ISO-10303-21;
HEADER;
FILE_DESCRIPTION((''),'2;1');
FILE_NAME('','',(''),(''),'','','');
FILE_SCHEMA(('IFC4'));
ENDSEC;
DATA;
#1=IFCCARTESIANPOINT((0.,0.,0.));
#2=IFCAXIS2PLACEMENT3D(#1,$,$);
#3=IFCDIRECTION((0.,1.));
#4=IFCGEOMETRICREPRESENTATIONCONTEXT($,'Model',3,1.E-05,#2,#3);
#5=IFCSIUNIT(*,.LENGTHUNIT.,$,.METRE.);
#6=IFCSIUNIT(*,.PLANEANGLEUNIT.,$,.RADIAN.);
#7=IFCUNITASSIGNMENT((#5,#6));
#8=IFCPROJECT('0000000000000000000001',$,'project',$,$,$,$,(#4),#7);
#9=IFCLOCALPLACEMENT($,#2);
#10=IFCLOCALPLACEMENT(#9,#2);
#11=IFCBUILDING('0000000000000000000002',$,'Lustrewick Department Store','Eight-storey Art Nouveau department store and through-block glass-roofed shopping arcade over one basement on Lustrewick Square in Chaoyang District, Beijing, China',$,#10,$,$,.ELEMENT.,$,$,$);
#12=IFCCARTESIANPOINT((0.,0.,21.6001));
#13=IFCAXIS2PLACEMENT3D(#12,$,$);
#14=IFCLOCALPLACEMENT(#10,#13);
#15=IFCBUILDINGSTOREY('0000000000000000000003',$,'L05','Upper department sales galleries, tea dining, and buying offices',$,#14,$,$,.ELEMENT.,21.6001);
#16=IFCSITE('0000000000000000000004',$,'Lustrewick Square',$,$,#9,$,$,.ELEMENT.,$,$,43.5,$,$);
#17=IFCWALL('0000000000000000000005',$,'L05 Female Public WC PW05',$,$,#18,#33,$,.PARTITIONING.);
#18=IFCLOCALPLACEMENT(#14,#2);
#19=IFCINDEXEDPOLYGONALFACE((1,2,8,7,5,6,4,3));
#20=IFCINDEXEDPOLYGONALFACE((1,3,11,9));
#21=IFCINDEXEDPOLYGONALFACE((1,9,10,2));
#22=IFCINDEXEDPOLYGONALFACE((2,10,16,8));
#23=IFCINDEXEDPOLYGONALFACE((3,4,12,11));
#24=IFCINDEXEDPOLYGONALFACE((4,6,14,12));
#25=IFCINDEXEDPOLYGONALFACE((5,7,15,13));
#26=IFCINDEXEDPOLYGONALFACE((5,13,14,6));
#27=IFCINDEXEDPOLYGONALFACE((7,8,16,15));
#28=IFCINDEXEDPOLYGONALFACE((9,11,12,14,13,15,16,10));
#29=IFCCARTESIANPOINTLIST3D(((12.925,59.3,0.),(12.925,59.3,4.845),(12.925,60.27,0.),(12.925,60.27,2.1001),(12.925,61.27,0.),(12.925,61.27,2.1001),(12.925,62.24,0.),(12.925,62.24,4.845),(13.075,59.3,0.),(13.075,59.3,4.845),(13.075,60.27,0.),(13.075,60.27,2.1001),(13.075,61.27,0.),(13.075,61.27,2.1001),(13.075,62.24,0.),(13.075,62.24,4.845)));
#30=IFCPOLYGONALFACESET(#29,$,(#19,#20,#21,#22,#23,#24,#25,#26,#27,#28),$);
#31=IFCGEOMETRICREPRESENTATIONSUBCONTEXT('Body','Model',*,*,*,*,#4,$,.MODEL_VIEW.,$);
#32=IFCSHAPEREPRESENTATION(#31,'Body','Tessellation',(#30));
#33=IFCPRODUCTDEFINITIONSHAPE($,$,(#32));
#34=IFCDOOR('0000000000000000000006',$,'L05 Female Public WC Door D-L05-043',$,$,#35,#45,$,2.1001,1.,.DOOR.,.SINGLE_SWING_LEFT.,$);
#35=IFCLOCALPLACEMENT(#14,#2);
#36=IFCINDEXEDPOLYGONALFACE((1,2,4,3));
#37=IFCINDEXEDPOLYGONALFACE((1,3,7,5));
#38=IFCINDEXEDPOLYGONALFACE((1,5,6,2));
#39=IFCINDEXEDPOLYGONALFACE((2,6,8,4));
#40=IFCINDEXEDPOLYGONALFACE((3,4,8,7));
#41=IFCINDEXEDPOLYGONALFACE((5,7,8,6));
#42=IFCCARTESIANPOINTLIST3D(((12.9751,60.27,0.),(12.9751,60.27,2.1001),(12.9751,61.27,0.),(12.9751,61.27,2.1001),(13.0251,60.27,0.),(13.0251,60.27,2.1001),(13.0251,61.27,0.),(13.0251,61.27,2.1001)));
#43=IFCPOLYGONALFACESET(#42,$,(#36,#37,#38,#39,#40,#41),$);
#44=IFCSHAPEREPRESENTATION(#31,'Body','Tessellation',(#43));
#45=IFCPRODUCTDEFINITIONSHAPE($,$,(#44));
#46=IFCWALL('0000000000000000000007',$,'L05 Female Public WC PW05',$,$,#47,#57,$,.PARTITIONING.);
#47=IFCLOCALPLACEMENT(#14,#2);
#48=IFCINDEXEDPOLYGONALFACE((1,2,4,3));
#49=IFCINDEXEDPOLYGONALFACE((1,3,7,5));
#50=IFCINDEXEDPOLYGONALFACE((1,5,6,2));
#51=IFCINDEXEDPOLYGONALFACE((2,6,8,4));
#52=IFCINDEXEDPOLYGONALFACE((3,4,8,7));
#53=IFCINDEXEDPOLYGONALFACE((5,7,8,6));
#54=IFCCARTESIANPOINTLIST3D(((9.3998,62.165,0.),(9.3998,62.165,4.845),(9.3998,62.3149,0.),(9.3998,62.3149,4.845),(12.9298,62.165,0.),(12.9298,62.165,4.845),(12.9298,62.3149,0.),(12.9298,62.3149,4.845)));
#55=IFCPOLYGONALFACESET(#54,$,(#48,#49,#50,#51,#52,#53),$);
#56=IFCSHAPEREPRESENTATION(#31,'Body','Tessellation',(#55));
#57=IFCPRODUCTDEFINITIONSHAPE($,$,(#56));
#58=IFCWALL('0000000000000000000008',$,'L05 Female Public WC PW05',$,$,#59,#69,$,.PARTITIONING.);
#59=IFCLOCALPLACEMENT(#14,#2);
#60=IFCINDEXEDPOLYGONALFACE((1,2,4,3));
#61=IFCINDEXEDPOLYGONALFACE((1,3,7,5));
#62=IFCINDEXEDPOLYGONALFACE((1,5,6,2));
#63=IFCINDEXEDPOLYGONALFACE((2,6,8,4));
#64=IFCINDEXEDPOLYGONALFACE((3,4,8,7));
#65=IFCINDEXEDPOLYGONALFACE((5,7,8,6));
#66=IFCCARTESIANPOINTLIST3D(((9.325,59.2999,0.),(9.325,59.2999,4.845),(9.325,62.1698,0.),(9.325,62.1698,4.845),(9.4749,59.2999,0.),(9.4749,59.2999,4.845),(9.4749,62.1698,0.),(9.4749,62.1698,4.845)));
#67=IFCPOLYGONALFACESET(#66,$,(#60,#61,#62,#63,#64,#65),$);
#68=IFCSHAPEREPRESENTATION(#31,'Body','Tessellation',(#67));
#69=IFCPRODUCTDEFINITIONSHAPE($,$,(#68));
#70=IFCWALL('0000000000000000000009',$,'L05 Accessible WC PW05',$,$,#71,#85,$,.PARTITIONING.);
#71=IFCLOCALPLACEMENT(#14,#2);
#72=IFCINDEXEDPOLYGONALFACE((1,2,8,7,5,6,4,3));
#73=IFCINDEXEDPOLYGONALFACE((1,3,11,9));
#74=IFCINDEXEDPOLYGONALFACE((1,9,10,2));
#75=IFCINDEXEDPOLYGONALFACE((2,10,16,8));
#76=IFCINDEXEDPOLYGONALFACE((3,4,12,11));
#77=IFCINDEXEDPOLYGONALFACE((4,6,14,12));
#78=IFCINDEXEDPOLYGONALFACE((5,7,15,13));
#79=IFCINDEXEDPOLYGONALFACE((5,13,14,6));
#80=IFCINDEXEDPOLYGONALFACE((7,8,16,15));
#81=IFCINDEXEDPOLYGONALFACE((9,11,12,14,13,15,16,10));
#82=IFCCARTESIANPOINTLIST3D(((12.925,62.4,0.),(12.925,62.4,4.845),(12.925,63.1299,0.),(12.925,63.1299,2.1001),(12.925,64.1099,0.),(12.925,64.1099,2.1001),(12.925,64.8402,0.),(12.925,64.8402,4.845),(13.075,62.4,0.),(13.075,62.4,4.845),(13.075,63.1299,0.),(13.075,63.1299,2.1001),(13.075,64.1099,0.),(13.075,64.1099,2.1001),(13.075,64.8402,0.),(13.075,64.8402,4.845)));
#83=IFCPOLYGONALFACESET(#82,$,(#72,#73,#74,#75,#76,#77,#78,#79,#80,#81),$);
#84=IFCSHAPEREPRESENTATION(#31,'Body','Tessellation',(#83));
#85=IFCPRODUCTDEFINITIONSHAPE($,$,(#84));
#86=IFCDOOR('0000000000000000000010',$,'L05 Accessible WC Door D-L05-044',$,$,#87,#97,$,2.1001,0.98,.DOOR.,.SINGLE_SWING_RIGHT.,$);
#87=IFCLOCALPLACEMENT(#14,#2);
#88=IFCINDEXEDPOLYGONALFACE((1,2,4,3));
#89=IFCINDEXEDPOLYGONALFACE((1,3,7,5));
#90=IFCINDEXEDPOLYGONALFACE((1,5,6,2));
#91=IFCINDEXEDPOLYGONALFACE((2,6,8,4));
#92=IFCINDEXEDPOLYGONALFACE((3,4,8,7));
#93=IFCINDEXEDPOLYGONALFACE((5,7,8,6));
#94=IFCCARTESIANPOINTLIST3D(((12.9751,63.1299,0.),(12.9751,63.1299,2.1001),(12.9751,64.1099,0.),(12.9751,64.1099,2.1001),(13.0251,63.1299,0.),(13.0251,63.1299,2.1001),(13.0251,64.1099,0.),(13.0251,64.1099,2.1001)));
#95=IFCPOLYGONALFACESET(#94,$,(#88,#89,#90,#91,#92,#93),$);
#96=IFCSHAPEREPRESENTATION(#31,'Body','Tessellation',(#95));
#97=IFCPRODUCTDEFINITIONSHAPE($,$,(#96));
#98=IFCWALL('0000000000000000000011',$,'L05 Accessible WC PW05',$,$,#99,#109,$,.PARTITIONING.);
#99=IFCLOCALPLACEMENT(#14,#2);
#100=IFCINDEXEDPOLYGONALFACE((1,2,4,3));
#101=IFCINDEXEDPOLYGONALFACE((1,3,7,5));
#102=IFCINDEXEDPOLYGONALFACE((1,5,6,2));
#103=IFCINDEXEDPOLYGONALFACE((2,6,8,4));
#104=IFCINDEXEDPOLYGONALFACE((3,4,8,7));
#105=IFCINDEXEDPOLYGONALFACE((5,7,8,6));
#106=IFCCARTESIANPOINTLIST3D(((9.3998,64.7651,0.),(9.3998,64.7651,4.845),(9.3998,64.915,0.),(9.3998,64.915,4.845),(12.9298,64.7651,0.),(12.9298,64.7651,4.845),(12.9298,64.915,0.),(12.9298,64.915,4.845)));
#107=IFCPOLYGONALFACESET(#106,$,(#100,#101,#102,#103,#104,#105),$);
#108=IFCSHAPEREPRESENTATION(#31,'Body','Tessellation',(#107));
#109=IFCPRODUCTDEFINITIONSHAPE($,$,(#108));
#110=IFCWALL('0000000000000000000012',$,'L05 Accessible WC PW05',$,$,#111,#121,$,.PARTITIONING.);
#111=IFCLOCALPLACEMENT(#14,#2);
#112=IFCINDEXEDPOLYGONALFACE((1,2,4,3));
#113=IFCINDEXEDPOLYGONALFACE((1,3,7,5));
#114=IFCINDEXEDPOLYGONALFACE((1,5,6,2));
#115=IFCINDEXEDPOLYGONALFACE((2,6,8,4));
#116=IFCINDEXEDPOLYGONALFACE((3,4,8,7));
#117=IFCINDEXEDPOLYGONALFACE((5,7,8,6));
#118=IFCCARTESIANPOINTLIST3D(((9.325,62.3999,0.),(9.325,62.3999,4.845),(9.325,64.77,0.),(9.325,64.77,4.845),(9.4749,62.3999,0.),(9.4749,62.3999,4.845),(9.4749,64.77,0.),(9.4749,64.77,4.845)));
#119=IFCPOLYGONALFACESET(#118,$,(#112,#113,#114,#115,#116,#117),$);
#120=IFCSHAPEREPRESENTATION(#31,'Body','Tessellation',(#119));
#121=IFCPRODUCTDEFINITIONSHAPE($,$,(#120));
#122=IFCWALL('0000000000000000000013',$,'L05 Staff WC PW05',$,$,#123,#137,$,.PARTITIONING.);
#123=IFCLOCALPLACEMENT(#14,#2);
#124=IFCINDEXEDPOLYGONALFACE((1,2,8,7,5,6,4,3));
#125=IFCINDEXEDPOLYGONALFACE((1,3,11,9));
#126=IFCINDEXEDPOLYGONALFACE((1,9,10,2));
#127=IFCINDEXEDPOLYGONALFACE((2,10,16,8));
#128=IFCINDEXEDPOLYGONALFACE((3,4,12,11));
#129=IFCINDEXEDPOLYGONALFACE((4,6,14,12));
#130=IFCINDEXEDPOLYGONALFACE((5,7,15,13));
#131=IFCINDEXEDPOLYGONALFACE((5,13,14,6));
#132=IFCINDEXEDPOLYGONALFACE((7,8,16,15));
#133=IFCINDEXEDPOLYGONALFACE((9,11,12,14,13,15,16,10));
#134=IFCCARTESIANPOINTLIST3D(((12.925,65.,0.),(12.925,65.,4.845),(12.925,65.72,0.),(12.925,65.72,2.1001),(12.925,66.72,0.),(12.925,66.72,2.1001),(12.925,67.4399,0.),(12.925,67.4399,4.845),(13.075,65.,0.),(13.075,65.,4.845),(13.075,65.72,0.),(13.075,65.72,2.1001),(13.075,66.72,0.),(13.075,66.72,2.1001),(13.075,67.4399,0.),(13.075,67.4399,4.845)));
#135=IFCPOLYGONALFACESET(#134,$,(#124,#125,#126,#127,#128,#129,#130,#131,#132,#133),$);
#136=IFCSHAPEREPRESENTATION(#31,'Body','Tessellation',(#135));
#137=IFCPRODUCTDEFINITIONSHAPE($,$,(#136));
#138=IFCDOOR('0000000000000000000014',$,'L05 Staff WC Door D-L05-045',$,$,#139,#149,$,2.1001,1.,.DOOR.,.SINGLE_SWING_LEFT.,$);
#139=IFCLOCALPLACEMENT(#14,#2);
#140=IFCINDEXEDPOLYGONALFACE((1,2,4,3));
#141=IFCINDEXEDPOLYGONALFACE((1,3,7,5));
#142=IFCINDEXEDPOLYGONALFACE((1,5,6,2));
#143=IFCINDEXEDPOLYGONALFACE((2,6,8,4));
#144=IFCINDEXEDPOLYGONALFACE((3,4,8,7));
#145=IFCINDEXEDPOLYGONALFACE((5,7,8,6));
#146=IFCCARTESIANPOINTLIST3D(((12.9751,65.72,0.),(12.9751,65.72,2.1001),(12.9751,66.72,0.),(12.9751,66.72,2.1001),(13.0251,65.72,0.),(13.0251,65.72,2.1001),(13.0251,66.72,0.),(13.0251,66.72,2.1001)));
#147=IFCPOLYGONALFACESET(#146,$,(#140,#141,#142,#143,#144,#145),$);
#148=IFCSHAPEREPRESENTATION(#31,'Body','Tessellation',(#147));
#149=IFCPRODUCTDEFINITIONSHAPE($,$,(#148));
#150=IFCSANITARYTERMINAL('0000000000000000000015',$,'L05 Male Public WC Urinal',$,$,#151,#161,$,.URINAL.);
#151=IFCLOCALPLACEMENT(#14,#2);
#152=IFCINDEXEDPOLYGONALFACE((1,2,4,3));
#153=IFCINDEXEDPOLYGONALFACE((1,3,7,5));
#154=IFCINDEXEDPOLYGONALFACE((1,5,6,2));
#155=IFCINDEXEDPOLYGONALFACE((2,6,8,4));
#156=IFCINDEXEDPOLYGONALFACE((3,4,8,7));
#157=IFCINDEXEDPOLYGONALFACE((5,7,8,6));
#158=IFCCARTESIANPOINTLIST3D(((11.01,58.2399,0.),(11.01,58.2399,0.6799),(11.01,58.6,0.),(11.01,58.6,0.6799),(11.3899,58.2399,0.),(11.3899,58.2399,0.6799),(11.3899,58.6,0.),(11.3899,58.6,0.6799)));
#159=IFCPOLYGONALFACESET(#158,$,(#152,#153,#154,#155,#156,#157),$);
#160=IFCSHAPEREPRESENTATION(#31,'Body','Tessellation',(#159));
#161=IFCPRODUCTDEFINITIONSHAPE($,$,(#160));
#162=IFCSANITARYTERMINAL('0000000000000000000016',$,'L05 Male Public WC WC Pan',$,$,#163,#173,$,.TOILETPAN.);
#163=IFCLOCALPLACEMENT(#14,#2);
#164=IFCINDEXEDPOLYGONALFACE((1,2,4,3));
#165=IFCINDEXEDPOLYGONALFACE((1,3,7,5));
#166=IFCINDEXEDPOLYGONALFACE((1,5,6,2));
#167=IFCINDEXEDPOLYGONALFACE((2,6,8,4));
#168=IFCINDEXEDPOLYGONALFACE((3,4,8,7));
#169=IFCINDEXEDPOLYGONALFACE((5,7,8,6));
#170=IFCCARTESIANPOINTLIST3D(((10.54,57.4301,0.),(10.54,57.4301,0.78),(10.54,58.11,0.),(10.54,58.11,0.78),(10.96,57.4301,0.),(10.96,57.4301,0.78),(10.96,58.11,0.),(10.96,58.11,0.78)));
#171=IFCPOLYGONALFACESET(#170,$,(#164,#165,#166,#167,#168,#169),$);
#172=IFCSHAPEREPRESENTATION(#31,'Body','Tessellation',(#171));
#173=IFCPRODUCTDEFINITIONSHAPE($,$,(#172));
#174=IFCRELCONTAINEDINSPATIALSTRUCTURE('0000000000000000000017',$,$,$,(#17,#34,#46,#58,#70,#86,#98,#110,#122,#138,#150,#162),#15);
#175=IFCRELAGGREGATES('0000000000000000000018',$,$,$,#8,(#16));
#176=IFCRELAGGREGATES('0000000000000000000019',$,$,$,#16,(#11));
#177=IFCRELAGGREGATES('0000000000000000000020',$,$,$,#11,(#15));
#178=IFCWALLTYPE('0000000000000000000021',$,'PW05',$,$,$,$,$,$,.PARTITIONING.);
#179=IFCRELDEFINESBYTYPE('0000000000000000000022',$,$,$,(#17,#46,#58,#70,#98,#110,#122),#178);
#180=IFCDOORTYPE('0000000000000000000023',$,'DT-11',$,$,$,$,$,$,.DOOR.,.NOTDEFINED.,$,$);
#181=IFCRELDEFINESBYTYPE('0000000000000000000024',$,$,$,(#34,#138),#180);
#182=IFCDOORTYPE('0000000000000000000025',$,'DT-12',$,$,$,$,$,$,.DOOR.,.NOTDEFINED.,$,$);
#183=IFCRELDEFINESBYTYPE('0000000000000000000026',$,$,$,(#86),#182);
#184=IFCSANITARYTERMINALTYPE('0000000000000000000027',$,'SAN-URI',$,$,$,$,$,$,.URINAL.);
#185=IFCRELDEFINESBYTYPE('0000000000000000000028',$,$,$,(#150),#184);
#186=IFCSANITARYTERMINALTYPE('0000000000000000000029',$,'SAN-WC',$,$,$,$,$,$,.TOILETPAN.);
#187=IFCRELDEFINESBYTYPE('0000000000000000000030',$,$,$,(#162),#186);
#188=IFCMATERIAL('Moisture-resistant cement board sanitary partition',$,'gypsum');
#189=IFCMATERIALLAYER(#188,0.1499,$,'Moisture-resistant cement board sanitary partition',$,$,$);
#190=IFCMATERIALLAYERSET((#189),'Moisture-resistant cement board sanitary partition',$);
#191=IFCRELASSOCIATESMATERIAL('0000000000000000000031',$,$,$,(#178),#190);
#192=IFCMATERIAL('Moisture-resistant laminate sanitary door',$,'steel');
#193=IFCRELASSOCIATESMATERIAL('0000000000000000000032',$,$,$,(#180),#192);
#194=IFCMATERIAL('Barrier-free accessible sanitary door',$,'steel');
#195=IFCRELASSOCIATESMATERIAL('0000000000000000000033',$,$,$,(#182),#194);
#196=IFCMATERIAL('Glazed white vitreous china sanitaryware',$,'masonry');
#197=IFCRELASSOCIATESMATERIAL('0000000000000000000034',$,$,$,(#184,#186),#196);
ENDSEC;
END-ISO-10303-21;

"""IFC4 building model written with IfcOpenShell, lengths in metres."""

from ifc_helpers import new_model, si_unit, direction, frame, frame_2d, origin, origin_2d, place, context, subcontext, project, spatial, rectangle, extrude, material, layer, layer_set, type_object, element, fill, save


model = new_model("IFC4")

# Units and contexts
model_context = context("Model", 3, precision=1e-05, world=origin(), true_north=direction((0.0, 1.0)))
body_context = subcontext(model_context, "Body", "Model", "MODEL_VIEW")
ifc_project = project(units=[si_unit("LENGTHUNIT", "METRE"), si_unit("PLANEANGLEUNIT", "RADIAN")], contexts=[model_context])

# Site, building, storey
site_placement = place(None, origin())
site = spatial("IfcSite", under=ifc_project, at=site_placement, Name="Lustrewick Square", CompositionType="ELEMENT", RefElevation=43.5)
building_placement = place(site_placement, origin())
building = spatial("IfcBuilding", under=site, at=building_placement, Name="Lustrewick Department Store", Description="Eight-storey Art Nouveau department store and through-block glass-roofed shopping arcade over one basement on Lustrewick Square in Chaoyang District, Beijing, China", CompositionType="ELEMENT")
storey_placement = place(building_placement, frame((0.0, 0.0, 21.6001)))
storey = spatial("IfcBuildingStorey", under=building, at=storey_placement, Name="L05", Description="Upper department sales galleries, tea dining, and buying offices", CompositionType="ELEMENT", Elevation=21.6001)

# Shared definitions
ifc_material_1 = material(Name="Moisture-resistant cement board sanitary partition", Category="gypsum")
ifc_layer_1 = layer(ifc_material_1, 0.1499, Name="Moisture-resistant cement board sanitary partition")
ifc_layer_set_1 = layer_set([ifc_layer_1], Name="Moisture-resistant cement board sanitary partition")
wall_type_1 = type_object("IfcWallType", Name="PW05", PredefinedType="PARTITIONING", material=ifc_layer_set_1)
ifc_material_2 = material(Name="Moisture-resistant laminate sanitary door", Category="steel")
door_type_1 = type_object("IfcDoorType", Name="DT-11", OperationType="NOTDEFINED", PredefinedType="DOOR", material=ifc_material_2)

# Wall, opening, door
wall_1_placement = place(storey_placement, frame((13.0, 59.3, 0.0), z_axis=(0.0, 0.0, 1.0), x_axis=(0.0, 1.0, 0.0)))
wall_1 = element("IfcWall", 1, at=wall_1_placement, inside=storey, type_object=wall_type_1, Name="L05 Female Public WC PW05", PredefinedType="PARTITIONING", context=body_context, shape_type="SweptSolid", body=[
    extrude(rectangle(XDim=2.9399, YDim=0.1499, at=frame_2d((1.47, 0.0))), origin(), (0.0, 0.0, 1.0), 4.845),
])
opening_1_placement = place(wall_1_placement, frame((0.97, 0.0, 0.0)))
opening_1 = element("IfcOpeningElement", 2, at=opening_1_placement, cuts=wall_1, PredefinedType="OPENING", context=body_context, shape_type="SweptSolid", body=[
    extrude(rectangle(XDim=1.0, YDim=2.1001, at=frame_2d((0.5, 1.05))), frame((0.0, 0.085, 0.0), z_axis=(0.0, -1.0, 0.0), x_axis=(1.0, 0.0, 0.0)), (0.0, 0.0, 1.0), 0.1699),
])
door_1_placement = place(opening_1_placement, origin())
door_1 = element("IfcDoor", 3, at=door_1_placement, inside=storey, type_object=door_type_1, Name="L05 Female Public WC Door D-L05-043", OperationType="SINGLE_SWING_LEFT", OverallHeight=2.1001, OverallWidth=1.0, PredefinedType="DOOR", context=body_context, shape_type="SweptSolid", body=[
    extrude(rectangle(XDim=1.0, YDim=2.1001, at=frame_2d((0.5, 1.05))), frame((0.0, 0.0249, 0.0), z_axis=(0.0, -1.0, 0.0), x_axis=(1.0, 0.0, 0.0)), (0.0, 0.0, 1.0), 0.05),
])
fill(opening_1, door_1)

# Walls
wall_2_placement = place(storey_placement, frame((12.9299, 62.24, 0.0), z_axis=(0.0, 0.0, 1.0), x_axis=(-1.0, 0.0, 0.0)))
element("IfcWall", 4, at=wall_2_placement, inside=storey, type_object=wall_type_1, Name="L05 Female Public WC PW05", PredefinedType="PARTITIONING", context=body_context, shape_type="SweptSolid", body=[
    extrude(rectangle(XDim=3.53, YDim=0.1499, at=frame_2d((1.7651, 0.0))), origin(), (0.0, 0.0, 1.0), 4.845),
])
wall_3_placement = place(storey_placement, frame((9.3999, 62.1699, 0.0), z_axis=(0.0, 0.0, 1.0), x_axis=(0.0, -1.0, 0.0)))
element("IfcWall", 5, at=wall_3_placement, inside=storey, type_object=wall_type_1, Name="L05 Female Public WC PW05", PredefinedType="PARTITIONING", context=body_context, shape_type="SweptSolid", body=[
    extrude(rectangle(XDim=2.8699, YDim=0.1499, at=frame_2d((1.4351, 0.0))), origin(), (0.0, 0.0, 1.0), 4.845),
])

# Wall, opening, door
wall_4_placement = place(storey_placement, frame((13.0, 62.3999, 0.0), z_axis=(0.0, 0.0, 1.0), x_axis=(0.0, 1.0, 0.0)))
wall_4 = element("IfcWall", 6, at=wall_4_placement, inside=storey, type_object=wall_type_1, Name="L05 Accessible WC PW05", PredefinedType="PARTITIONING", context=body_context, shape_type="SweptSolid", body=[
    extrude(rectangle(XDim=2.4402, YDim=0.1499, at=frame_2d((1.2202, 0.0))), origin(), (0.0, 0.0, 1.0), 4.845),
])
opening_2_placement = place(wall_4_placement, frame((0.73, 0.0, 0.0)))
opening_2 = element("IfcOpeningElement", 7, at=opening_2_placement, cuts=wall_4, PredefinedType="OPENING", context=body_context, shape_type="SweptSolid", body=[
    extrude(rectangle(XDim=0.98, YDim=2.1001, at=frame_2d((0.49, 1.05))), frame((0.0, 0.085, 0.0), z_axis=(0.0, -1.0, 0.0), x_axis=(1.0, 0.0, 0.0)), (0.0, 0.0, 1.0), 0.1699),
])
ifc_material_3 = material(Name="Barrier-free accessible sanitary door", Category="steel")
door_type_2 = type_object("IfcDoorType", Name="DT-12", OperationType="NOTDEFINED", PredefinedType="DOOR", material=ifc_material_3)
door_2_placement = place(opening_2_placement, origin())
door_2 = element("IfcDoor", 8, at=door_2_placement, inside=storey, type_object=door_type_2, Name="L05 Accessible WC Door D-L05-044", OperationType="SINGLE_SWING_RIGHT", OverallHeight=2.1001, OverallWidth=0.98, PredefinedType="DOOR", context=body_context, shape_type="SweptSolid", body=[
    extrude(rectangle(XDim=0.98, YDim=2.1001, at=frame_2d((0.49, 1.05))), frame((0.0, 0.0249, 0.0), z_axis=(0.0, -1.0, 0.0), x_axis=(1.0, 0.0, 0.0)), (0.0, 0.0, 1.0), 0.05),
])
fill(opening_2, door_2)

# Walls
wall_5_placement = place(storey_placement, frame((12.9299, 64.8401, 0.0), z_axis=(0.0, 0.0, 1.0), x_axis=(-1.0, 0.0, 0.0)))
element("IfcWall", 9, at=wall_5_placement, inside=storey, type_object=wall_type_1, Name="L05 Accessible WC PW05", PredefinedType="PARTITIONING", context=body_context, shape_type="SweptSolid", body=[
    extrude(rectangle(XDim=3.53, YDim=0.1499, at=frame_2d((1.7651, 0.0))), origin(), (0.0, 0.0, 1.0), 4.845),
])
wall_6_placement = place(storey_placement, frame((9.3999, 64.77, 0.0), z_axis=(0.0, 0.0, 1.0), x_axis=(0.0, -1.0, 0.0)))
element("IfcWall", 10, at=wall_6_placement, inside=storey, type_object=wall_type_1, Name="L05 Accessible WC PW05", PredefinedType="PARTITIONING", context=body_context, shape_type="SweptSolid", body=[
    extrude(rectangle(XDim=2.3701, YDim=0.1499, at=frame_2d((1.1851, 0.0))), origin(), (0.0, 0.0, 1.0), 4.845),
])

# Wall, opening, door
wall_7_placement = place(storey_placement, frame((13.0, 65.0, 0.0), z_axis=(0.0, 0.0, 1.0), x_axis=(0.0, 1.0, 0.0)))
wall_7 = element("IfcWall", 11, at=wall_7_placement, inside=storey, type_object=wall_type_1, Name="L05 Staff WC PW05", PredefinedType="PARTITIONING", context=body_context, shape_type="SweptSolid", body=[
    extrude(rectangle(XDim=2.4399, YDim=0.1499, at=frame_2d((1.22, 0.0))), origin(), (0.0, 0.0, 1.0), 4.845),
])
opening_3_placement = place(wall_7_placement, frame((0.72, 0.0, 0.0)))
opening_3 = element("IfcOpeningElement", 12, at=opening_3_placement, cuts=wall_7, PredefinedType="OPENING", context=body_context, shape_type="SweptSolid", body=[
    extrude(rectangle(XDim=1.0, YDim=2.1001, at=frame_2d((0.5, 1.05))), frame((0.0, 0.085, 0.0), z_axis=(0.0, -1.0, 0.0), x_axis=(1.0, 0.0, 0.0)), (0.0, 0.0, 1.0), 0.1699),
])
door_3_placement = place(opening_3_placement, origin())
door_3 = element("IfcDoor", 13, at=door_3_placement, inside=storey, type_object=door_type_1, Name="L05 Staff WC Door D-L05-045", OperationType="SINGLE_SWING_LEFT", OverallHeight=2.1001, OverallWidth=1.0, PredefinedType="DOOR", context=body_context, shape_type="SweptSolid", body=[
    extrude(rectangle(XDim=1.0, YDim=2.1001, at=frame_2d((0.5, 1.05))), frame((0.0, 0.0249, 0.0), z_axis=(0.0, -1.0, 0.0), x_axis=(1.0, 0.0, 0.0)), (0.0, 0.0, 1.0), 0.05),
])
fill(opening_3, door_3)

# Sanitary terminals
ifc_material_4 = material(Name="Glazed white vitreous china sanitaryware", Category="masonry")
sanitary_terminal_type_1 = type_object("IfcSanitaryTerminalType", Name="SAN-URI", PredefinedType="URINAL", material=ifc_material_4)
sanitary_terminal_placement = place(storey_placement, frame((11.2, 58.4199, 0.0), z_axis=(0.0, 0.0, 1.0), x_axis=(1.0, 0.0, 0.0)))
element("IfcSanitaryTerminal", 14, at=sanitary_terminal_placement, inside=storey, type_object=sanitary_terminal_type_1, Name="L05 Male Public WC Urinal", PredefinedType="URINAL", context=body_context, shape_type="SweptSolid", body=[
    extrude(rectangle(XDim=0.3799, YDim=0.3601, at=origin_2d()), origin(), (0.0, 0.0, 1.0), 0.6799),
])
sanitary_terminal_type_2 = type_object("IfcSanitaryTerminalType", Name="SAN-WC", PredefinedType="TOILETPAN", material=ifc_material_4)
for number, where, z_axis, x_axis, name in (
    (15, (10.75, 57.77, 0.0), (0.0, 0.0, 1.0), (1.0, 0.0, 0.0), "L05 Male Public WC WC Pan"),
):
    element("IfcSanitaryTerminal", number, at=place(storey_placement, frame(where, z_axis=z_axis, x_axis=x_axis)), inside=storey, type_object=sanitary_terminal_type_2, Name=name, PredefinedType="TOILETPAN", context=body_context, shape_type="SweptSolid", body=[
        extrude(rectangle(XDim=0.4199, YDim=0.6799, at=origin_2d()), origin(), (0.0, 0.0, 1.0), 0.78),
    ])

save(model, "model.ifc")
